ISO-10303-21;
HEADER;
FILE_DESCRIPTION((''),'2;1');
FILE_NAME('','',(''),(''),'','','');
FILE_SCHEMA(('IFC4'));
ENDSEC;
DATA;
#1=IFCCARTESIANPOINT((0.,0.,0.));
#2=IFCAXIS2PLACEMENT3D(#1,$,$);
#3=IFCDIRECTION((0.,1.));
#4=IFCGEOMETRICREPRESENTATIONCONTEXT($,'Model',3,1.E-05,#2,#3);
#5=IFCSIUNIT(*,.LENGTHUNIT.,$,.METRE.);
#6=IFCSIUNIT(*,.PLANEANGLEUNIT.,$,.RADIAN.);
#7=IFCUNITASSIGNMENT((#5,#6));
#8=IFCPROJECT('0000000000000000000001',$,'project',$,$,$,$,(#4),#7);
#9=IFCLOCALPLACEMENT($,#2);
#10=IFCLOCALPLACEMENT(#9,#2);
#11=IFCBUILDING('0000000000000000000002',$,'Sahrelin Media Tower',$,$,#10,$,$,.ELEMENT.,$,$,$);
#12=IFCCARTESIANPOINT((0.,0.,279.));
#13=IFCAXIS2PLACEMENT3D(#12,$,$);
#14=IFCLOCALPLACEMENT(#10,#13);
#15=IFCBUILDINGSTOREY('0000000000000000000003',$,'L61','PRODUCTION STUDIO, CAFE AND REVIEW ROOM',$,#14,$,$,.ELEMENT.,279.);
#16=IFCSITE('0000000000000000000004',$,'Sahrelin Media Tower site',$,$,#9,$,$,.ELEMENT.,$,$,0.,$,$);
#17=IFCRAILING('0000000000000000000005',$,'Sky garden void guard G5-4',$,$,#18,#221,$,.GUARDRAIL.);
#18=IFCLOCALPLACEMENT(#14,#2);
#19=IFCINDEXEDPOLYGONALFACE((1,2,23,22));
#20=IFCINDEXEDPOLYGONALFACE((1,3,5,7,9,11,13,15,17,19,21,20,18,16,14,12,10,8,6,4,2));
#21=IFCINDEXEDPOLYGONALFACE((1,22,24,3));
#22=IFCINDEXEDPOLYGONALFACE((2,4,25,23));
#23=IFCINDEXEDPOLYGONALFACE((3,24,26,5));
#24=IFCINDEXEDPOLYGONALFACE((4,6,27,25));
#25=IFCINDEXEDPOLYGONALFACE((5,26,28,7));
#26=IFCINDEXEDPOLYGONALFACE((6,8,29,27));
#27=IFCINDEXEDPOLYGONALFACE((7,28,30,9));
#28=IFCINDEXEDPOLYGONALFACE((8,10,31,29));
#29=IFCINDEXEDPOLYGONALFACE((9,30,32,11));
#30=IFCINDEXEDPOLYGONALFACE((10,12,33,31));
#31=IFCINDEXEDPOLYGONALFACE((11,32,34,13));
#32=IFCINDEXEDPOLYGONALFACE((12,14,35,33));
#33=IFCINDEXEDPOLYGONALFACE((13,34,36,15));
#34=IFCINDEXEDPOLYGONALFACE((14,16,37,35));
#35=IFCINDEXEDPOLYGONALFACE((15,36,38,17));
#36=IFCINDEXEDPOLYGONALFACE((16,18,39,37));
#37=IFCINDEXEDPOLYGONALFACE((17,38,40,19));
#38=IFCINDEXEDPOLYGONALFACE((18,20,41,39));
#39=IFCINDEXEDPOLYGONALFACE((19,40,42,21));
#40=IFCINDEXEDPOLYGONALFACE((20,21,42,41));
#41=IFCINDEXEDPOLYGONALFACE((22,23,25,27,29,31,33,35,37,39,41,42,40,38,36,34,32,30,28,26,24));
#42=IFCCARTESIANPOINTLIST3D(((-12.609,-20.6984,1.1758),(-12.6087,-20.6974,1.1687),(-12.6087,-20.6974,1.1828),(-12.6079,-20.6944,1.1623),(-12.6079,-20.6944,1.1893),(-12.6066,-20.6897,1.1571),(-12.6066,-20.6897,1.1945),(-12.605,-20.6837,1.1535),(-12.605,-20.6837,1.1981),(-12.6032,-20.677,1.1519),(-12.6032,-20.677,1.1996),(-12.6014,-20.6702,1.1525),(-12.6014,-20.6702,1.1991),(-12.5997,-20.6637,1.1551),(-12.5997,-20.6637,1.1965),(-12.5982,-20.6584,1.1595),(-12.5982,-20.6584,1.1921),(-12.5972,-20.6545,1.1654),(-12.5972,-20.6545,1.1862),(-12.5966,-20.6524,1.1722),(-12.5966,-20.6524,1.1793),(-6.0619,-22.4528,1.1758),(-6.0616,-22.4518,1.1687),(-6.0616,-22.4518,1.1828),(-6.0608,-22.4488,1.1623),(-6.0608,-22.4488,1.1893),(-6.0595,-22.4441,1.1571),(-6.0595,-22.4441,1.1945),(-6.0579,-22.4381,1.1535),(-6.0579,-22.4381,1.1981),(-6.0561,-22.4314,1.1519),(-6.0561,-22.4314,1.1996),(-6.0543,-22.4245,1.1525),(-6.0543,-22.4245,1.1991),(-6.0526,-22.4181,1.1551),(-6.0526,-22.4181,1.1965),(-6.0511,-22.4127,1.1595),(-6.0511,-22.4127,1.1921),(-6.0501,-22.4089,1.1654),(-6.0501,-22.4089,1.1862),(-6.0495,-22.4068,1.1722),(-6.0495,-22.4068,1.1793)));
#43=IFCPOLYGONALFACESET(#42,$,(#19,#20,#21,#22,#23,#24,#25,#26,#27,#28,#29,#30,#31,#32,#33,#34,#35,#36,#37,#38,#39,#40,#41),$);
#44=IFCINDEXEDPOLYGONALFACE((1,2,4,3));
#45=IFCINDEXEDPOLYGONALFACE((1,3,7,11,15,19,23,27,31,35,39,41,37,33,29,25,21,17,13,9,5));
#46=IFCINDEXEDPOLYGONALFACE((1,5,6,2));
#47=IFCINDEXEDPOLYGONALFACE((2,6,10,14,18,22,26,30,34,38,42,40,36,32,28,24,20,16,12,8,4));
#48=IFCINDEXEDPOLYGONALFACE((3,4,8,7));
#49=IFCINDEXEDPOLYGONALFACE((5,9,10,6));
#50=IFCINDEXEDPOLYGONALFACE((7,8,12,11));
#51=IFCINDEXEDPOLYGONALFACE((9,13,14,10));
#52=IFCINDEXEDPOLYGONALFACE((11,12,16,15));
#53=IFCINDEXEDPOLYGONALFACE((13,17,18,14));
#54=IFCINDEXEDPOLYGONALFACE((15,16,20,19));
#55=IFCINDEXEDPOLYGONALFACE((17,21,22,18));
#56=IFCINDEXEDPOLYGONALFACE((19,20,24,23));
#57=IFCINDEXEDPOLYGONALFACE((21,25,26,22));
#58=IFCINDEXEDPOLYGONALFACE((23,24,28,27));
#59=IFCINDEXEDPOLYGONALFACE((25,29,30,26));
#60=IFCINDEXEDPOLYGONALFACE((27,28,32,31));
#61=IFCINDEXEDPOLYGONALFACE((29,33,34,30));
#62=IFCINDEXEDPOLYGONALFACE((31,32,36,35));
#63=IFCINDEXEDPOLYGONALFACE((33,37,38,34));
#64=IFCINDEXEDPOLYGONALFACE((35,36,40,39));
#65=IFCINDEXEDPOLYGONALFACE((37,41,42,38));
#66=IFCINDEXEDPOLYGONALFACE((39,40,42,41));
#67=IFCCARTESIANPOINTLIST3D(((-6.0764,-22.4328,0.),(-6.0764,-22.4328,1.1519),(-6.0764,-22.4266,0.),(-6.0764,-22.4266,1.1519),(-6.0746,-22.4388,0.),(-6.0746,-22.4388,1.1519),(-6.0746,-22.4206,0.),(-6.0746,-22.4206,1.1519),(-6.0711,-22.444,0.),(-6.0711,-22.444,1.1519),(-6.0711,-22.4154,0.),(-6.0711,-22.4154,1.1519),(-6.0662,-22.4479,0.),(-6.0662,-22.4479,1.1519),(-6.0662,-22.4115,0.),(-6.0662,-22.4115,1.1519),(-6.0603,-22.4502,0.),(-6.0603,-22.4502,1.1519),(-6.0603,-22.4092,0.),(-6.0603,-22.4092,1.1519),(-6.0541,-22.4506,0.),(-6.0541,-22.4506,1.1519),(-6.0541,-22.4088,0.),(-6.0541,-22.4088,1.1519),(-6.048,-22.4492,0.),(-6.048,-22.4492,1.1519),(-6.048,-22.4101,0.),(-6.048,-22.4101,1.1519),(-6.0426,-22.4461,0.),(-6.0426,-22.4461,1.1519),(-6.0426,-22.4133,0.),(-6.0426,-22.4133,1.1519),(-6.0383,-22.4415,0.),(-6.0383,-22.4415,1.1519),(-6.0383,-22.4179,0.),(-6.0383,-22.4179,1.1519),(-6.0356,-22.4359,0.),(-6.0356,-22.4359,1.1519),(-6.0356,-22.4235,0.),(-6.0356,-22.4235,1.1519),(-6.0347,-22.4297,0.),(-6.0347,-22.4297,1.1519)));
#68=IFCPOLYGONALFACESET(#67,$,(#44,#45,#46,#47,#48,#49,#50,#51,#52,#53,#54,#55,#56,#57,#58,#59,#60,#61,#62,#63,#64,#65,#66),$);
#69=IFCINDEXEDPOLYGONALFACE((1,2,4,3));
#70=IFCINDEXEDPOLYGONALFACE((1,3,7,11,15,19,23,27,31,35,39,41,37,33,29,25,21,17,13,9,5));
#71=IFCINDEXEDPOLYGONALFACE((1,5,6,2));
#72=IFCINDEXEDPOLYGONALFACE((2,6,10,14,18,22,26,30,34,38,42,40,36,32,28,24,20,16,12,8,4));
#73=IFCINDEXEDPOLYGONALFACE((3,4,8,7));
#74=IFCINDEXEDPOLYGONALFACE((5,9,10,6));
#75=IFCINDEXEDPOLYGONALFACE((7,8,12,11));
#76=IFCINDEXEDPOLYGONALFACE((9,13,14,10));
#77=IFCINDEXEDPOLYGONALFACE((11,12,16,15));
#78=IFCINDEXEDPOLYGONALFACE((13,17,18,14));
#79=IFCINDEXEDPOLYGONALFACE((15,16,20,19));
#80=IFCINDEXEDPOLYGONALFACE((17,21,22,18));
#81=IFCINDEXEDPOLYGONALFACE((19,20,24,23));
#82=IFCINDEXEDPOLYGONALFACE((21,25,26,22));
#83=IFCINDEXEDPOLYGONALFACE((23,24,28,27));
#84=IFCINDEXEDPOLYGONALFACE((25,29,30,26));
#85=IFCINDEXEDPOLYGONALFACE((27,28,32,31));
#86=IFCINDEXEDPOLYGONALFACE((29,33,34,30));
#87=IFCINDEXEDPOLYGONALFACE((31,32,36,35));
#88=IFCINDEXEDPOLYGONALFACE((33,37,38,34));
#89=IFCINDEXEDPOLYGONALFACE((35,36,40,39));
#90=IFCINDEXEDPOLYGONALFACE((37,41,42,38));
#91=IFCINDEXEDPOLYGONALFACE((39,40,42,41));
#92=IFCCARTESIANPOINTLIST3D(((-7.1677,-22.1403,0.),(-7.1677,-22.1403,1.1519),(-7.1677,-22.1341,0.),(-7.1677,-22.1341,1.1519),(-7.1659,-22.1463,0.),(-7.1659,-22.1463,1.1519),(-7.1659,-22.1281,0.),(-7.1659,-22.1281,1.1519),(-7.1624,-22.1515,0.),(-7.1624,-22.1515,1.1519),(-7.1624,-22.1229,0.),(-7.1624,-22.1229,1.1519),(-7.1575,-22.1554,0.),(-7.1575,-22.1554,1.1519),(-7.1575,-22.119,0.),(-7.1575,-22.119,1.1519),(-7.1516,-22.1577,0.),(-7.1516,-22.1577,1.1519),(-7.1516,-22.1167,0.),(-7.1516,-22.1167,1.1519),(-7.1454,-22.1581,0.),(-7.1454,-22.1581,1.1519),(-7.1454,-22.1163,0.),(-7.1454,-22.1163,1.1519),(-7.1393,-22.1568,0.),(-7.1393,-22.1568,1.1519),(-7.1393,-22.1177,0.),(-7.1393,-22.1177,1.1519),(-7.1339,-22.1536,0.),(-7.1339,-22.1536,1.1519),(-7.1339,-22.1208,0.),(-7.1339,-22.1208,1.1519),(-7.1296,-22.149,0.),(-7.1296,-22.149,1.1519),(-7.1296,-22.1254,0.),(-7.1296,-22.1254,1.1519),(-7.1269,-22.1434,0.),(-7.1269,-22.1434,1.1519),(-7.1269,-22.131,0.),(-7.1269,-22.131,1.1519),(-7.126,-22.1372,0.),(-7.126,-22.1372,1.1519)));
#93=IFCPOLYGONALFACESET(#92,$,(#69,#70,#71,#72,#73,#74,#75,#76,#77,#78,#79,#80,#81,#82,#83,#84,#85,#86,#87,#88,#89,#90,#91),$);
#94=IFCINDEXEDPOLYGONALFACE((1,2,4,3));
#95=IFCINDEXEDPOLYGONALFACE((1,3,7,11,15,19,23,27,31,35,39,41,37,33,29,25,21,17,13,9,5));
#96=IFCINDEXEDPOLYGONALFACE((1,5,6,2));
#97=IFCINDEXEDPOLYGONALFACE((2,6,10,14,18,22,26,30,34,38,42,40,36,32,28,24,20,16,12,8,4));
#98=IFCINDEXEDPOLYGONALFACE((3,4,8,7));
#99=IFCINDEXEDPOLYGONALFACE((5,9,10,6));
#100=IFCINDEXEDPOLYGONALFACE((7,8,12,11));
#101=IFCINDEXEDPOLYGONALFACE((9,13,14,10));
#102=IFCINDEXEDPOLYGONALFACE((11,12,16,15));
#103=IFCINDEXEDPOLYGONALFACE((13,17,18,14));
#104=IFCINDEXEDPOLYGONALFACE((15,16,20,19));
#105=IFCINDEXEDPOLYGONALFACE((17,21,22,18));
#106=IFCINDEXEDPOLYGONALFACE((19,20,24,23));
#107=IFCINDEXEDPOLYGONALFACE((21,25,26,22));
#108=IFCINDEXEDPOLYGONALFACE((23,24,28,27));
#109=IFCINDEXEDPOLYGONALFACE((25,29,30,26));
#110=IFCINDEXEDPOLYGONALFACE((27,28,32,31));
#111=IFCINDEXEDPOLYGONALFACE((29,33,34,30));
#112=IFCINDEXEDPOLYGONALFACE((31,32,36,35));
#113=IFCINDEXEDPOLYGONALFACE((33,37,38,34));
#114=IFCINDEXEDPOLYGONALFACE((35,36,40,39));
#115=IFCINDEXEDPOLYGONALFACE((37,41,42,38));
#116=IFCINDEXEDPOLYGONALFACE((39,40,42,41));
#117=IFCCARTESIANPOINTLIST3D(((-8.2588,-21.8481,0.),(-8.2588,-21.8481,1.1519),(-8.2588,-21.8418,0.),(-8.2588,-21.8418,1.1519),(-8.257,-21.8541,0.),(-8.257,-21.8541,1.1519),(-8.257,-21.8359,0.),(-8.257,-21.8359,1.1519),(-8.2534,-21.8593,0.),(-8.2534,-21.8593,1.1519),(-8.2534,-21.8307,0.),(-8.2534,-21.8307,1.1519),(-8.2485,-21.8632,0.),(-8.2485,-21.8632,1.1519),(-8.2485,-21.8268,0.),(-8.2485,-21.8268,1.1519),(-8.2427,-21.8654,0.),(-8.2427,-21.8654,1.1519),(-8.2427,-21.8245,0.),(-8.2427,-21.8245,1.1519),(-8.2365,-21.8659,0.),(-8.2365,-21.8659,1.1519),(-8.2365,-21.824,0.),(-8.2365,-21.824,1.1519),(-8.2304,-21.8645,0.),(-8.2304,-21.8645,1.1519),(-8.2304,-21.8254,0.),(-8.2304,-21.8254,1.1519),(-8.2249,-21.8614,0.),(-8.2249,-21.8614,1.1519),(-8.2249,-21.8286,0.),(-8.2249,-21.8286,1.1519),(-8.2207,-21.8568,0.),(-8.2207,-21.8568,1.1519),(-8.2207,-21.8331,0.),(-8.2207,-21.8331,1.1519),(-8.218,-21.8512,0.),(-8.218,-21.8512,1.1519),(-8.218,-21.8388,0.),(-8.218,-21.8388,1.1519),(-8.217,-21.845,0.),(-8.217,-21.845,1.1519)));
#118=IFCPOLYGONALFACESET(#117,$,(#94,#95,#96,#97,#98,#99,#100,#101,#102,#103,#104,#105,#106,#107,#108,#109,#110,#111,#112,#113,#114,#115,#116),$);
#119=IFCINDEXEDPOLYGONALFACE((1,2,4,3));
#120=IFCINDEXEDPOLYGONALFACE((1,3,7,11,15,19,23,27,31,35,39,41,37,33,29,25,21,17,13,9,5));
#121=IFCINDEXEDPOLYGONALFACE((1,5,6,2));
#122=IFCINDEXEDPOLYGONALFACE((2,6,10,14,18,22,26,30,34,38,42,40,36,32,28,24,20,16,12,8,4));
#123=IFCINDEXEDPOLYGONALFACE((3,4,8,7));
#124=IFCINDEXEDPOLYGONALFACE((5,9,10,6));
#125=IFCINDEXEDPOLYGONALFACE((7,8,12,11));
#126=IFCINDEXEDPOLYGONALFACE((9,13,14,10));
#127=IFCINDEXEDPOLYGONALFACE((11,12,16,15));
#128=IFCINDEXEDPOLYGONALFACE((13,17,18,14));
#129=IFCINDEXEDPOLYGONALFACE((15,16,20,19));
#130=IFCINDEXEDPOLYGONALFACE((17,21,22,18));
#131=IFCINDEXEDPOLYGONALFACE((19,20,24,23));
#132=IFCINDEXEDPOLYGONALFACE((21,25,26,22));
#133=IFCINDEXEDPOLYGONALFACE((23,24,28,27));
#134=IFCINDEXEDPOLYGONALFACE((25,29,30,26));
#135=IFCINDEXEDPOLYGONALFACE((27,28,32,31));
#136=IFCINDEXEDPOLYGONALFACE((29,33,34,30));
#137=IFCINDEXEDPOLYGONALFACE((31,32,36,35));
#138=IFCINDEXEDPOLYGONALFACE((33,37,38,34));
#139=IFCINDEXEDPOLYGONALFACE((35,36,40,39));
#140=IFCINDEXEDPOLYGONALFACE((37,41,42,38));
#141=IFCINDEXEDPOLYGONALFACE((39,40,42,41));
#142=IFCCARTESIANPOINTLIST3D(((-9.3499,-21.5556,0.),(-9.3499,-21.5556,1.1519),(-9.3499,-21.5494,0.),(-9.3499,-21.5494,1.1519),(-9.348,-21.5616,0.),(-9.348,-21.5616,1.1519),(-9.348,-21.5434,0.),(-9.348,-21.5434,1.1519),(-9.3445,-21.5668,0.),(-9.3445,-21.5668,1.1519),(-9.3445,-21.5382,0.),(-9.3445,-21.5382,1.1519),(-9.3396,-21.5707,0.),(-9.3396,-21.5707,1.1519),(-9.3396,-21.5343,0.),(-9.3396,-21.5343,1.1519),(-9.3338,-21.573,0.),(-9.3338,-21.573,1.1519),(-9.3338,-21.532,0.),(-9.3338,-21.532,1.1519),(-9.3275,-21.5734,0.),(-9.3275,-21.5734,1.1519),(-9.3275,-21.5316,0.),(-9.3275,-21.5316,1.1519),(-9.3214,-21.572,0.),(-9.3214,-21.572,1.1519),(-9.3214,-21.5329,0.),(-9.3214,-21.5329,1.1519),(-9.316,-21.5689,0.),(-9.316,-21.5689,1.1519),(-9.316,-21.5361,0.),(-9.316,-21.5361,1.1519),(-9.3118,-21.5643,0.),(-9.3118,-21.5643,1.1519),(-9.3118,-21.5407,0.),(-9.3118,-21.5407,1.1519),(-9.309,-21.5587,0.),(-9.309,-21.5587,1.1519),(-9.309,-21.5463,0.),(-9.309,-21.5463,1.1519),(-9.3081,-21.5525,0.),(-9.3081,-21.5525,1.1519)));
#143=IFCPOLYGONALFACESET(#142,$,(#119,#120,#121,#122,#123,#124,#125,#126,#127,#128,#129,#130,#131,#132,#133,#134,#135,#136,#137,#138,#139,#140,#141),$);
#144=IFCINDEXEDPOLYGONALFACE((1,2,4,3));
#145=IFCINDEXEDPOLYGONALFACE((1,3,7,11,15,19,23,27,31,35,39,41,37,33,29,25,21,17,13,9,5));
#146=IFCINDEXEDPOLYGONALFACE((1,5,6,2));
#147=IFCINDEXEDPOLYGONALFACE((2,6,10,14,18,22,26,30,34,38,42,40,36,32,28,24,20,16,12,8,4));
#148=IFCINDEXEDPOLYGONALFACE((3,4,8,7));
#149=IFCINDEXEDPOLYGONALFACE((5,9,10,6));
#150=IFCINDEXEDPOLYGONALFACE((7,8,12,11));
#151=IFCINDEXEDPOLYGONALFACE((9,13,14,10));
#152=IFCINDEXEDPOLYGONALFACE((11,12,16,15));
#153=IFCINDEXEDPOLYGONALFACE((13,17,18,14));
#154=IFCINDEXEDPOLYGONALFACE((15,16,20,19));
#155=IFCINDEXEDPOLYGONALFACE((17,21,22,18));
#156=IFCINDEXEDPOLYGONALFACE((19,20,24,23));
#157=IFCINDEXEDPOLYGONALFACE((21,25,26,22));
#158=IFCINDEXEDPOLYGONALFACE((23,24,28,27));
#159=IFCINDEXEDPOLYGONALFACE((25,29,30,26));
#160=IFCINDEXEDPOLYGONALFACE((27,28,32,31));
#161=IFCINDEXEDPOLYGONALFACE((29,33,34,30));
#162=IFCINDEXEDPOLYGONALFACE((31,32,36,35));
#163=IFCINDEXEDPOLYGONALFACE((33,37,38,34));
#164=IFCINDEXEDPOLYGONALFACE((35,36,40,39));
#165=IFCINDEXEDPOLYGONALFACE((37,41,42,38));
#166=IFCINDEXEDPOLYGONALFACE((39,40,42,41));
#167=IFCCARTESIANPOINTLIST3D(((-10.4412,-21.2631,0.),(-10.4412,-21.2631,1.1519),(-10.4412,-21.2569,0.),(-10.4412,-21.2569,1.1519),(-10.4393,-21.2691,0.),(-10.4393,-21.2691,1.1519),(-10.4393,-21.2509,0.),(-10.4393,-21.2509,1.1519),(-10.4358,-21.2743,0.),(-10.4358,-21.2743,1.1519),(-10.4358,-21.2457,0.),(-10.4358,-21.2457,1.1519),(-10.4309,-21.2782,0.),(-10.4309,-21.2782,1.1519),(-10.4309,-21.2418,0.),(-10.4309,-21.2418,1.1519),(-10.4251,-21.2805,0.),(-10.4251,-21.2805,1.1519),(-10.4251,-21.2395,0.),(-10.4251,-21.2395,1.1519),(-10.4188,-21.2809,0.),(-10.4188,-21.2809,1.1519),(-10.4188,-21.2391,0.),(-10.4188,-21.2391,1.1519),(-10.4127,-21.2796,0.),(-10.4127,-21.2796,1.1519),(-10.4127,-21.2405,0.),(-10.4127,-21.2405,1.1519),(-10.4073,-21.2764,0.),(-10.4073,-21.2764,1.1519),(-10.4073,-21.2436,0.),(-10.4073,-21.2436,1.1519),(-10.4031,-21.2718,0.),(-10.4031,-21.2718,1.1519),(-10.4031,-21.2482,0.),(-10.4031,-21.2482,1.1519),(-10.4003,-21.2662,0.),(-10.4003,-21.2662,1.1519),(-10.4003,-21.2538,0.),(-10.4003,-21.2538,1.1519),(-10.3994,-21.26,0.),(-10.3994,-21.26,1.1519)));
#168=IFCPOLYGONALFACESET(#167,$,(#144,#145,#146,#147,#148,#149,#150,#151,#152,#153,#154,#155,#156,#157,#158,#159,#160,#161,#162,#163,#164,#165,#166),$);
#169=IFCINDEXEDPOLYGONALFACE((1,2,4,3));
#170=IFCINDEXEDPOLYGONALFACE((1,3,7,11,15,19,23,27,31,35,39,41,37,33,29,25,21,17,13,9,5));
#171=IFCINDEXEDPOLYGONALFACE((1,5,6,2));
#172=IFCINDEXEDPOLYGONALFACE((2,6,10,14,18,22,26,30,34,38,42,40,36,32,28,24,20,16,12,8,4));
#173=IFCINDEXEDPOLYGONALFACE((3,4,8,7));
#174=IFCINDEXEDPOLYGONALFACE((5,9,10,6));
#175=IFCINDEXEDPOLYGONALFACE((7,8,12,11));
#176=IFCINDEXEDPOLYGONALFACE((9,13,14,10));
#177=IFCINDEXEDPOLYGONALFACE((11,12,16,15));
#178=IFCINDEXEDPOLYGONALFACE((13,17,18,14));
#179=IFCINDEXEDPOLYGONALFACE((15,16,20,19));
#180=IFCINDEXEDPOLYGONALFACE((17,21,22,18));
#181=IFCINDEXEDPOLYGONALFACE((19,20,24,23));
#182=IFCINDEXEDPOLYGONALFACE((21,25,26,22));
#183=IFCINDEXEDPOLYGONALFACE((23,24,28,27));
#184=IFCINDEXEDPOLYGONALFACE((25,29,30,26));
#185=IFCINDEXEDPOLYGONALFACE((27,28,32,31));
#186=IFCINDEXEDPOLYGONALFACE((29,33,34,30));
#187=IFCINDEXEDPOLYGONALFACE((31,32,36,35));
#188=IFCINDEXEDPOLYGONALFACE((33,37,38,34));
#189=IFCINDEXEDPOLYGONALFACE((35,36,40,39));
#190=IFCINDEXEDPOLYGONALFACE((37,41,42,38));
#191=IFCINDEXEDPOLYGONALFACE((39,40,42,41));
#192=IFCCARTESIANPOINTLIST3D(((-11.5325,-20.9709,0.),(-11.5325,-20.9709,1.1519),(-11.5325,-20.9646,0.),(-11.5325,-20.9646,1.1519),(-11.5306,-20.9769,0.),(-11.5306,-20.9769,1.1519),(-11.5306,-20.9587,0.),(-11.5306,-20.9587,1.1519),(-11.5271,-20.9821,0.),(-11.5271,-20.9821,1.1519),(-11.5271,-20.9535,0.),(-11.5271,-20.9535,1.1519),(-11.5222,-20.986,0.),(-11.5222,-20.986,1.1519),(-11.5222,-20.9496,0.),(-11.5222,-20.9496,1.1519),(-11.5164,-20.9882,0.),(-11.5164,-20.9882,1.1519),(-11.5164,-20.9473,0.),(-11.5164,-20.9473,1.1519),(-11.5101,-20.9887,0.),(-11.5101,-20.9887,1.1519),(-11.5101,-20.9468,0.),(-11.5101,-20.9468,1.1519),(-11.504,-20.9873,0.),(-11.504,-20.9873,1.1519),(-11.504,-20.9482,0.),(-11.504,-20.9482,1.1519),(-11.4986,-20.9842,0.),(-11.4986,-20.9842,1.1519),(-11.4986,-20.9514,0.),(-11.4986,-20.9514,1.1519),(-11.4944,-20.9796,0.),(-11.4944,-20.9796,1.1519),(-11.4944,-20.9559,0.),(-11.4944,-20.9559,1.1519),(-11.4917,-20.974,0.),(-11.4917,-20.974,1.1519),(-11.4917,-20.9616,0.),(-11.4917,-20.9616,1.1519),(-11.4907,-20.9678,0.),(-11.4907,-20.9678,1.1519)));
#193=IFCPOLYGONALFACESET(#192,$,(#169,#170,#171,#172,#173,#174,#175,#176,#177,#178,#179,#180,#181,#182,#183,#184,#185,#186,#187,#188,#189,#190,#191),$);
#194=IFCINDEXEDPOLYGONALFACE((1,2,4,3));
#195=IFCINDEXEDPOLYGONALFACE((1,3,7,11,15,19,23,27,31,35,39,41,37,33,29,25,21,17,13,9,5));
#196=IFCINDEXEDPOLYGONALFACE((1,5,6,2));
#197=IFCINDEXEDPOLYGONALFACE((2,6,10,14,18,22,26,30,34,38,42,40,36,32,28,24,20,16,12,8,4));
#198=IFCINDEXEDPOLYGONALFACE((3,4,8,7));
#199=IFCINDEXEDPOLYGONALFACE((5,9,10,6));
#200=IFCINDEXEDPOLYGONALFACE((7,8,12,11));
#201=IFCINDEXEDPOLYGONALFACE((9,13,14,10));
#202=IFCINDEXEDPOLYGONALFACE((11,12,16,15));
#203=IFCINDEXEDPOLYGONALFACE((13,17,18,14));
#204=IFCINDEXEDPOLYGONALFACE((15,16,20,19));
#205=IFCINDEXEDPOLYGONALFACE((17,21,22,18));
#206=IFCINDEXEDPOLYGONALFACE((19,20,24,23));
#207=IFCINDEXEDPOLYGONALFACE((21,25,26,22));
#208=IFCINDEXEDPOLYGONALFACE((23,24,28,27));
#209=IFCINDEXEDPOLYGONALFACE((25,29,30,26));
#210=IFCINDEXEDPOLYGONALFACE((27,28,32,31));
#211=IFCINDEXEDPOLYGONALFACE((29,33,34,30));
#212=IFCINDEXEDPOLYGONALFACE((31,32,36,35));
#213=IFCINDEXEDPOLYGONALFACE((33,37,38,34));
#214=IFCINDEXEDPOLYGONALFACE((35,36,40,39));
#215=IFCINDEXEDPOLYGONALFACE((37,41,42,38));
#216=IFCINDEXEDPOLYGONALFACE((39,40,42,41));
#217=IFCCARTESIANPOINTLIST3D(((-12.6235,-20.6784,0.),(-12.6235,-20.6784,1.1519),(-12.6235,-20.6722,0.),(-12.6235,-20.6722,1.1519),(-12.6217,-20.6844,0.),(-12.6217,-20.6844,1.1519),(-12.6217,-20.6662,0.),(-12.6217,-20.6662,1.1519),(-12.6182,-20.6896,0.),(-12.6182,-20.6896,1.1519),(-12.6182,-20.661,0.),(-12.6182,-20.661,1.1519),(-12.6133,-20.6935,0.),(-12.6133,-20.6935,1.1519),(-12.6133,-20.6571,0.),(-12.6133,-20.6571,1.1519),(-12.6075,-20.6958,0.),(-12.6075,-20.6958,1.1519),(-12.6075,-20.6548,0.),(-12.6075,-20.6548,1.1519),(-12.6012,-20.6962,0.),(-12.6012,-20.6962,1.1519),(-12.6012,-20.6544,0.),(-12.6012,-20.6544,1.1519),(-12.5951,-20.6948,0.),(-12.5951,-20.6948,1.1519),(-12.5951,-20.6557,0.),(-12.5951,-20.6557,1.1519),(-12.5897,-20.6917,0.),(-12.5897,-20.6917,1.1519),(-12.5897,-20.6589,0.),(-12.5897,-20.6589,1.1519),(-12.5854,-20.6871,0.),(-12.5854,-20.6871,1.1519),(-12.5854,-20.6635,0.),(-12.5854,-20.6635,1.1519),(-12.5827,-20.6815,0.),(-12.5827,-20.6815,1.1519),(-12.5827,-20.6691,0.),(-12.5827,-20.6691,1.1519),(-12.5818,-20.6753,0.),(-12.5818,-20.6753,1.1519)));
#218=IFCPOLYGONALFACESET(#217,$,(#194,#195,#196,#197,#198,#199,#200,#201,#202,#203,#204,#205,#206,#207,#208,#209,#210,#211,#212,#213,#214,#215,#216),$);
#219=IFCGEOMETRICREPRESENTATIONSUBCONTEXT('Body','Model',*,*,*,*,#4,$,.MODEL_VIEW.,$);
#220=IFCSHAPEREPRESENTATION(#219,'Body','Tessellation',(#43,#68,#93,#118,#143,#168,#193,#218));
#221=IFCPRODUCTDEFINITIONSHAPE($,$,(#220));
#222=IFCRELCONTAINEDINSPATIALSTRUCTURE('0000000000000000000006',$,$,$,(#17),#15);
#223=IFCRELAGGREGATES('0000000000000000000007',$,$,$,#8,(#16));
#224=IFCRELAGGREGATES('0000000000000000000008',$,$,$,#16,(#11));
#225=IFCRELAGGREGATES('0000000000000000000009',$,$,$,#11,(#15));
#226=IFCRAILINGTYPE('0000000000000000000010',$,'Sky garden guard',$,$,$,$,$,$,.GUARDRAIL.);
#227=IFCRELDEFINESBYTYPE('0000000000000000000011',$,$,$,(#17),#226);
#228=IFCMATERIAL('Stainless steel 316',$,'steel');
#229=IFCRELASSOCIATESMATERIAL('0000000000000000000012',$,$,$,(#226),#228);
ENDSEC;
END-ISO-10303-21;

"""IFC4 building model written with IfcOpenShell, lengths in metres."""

from ifc_helpers import new_model, si_unit, direction, frame, origin, origin_2d, place, context, subcontext, project, spatial, circle, extrude, material, type_object, element, save


model = new_model("IFC4")

# Units and contexts
model_context = context("Model", 3, precision=1e-05, world=origin(), true_north=direction((0.0, 1.0)))
body_context = subcontext(model_context, "Body", "Model", "MODEL_VIEW")
ifc_project = project(units=[si_unit("LENGTHUNIT", "METRE"), si_unit("PLANEANGLEUNIT", "RADIAN")], contexts=[model_context])

# Site, building, storey
site_placement = place(None, origin())
site = spatial("IfcSite", under=ifc_project, at=site_placement, Name="Sahrelin Media Tower site", CompositionType="ELEMENT", RefElevation=0.0)
building_placement = place(site_placement, origin())
building = spatial("IfcBuilding", under=site, at=building_placement, Name="Sahrelin Media Tower", CompositionType="ELEMENT")
storey_placement = place(building_placement, frame((0.0, 0.0, 279.0)))
storey = spatial("IfcBuildingStorey", under=building, at=storey_placement, Name="L61", Description="PRODUCTION STUDIO, CAFE AND REVIEW ROOM", CompositionType="ELEMENT", Elevation=279.0)

# Railing
ifc_material_1 = material(Name="Stainless steel 316", Category="steel")
railing_type = type_object("IfcRailingType", Name="Sky garden guard", PredefinedType="GUARDRAIL", material=ifc_material_1)
railing_1_placement = place(storey_placement, frame((-6.0557, -22.4297, 0.0)))
element("IfcRailing", 1, at=railing_1_placement, inside=storey, type_object=railing_type, Name="Sky garden void guard G5-4", PredefinedType="GUARDRAIL", context=body_context, shape_type="SweptSolid", body=[
    extrude(circle(Radius=0.0239, at=origin_2d()), frame((0.0, 0.0, 1.1758), z_axis=(-0.965922, 0.258833, 0.0), x_axis=(-0.258833, -0.965922, 0.0)), (0.0, 0.0, 1.0), 6.7781),
    extrude(circle(Radius=0.021, at=origin_2d()), origin(), (0.0, 0.0, 1.0), 1.1519),
    extrude(circle(Radius=0.021, at=origin_2d()), frame((-1.0913, 0.2925, 0.0)), (0.0, 0.0, 1.0), 1.1519),
    extrude(circle(Radius=0.021, at=origin_2d()), frame((-2.1824, 0.5847, 0.0)), (0.0, 0.0, 1.0), 1.1519),
    extrude(circle(Radius=0.021, at=origin_2d()), frame((-3.2734, 0.8772, 0.0)), (0.0, 0.0, 1.0), 1.1519),
    extrude(circle(Radius=0.021, at=origin_2d()), frame((-4.3647, 1.1697, 0.0)), (0.0, 0.0, 1.0), 1.1519),
    extrude(circle(Radius=0.021, at=origin_2d()), frame((-5.4561, 1.4619, 0.0)), (0.0, 0.0, 1.0), 1.1519),
    extrude(circle(Radius=0.021, at=origin_2d()), frame((-6.5471, 1.7544, 0.0)), (0.0, 0.0, 1.0), 1.1519),
])

save(model, "model.ifc")
